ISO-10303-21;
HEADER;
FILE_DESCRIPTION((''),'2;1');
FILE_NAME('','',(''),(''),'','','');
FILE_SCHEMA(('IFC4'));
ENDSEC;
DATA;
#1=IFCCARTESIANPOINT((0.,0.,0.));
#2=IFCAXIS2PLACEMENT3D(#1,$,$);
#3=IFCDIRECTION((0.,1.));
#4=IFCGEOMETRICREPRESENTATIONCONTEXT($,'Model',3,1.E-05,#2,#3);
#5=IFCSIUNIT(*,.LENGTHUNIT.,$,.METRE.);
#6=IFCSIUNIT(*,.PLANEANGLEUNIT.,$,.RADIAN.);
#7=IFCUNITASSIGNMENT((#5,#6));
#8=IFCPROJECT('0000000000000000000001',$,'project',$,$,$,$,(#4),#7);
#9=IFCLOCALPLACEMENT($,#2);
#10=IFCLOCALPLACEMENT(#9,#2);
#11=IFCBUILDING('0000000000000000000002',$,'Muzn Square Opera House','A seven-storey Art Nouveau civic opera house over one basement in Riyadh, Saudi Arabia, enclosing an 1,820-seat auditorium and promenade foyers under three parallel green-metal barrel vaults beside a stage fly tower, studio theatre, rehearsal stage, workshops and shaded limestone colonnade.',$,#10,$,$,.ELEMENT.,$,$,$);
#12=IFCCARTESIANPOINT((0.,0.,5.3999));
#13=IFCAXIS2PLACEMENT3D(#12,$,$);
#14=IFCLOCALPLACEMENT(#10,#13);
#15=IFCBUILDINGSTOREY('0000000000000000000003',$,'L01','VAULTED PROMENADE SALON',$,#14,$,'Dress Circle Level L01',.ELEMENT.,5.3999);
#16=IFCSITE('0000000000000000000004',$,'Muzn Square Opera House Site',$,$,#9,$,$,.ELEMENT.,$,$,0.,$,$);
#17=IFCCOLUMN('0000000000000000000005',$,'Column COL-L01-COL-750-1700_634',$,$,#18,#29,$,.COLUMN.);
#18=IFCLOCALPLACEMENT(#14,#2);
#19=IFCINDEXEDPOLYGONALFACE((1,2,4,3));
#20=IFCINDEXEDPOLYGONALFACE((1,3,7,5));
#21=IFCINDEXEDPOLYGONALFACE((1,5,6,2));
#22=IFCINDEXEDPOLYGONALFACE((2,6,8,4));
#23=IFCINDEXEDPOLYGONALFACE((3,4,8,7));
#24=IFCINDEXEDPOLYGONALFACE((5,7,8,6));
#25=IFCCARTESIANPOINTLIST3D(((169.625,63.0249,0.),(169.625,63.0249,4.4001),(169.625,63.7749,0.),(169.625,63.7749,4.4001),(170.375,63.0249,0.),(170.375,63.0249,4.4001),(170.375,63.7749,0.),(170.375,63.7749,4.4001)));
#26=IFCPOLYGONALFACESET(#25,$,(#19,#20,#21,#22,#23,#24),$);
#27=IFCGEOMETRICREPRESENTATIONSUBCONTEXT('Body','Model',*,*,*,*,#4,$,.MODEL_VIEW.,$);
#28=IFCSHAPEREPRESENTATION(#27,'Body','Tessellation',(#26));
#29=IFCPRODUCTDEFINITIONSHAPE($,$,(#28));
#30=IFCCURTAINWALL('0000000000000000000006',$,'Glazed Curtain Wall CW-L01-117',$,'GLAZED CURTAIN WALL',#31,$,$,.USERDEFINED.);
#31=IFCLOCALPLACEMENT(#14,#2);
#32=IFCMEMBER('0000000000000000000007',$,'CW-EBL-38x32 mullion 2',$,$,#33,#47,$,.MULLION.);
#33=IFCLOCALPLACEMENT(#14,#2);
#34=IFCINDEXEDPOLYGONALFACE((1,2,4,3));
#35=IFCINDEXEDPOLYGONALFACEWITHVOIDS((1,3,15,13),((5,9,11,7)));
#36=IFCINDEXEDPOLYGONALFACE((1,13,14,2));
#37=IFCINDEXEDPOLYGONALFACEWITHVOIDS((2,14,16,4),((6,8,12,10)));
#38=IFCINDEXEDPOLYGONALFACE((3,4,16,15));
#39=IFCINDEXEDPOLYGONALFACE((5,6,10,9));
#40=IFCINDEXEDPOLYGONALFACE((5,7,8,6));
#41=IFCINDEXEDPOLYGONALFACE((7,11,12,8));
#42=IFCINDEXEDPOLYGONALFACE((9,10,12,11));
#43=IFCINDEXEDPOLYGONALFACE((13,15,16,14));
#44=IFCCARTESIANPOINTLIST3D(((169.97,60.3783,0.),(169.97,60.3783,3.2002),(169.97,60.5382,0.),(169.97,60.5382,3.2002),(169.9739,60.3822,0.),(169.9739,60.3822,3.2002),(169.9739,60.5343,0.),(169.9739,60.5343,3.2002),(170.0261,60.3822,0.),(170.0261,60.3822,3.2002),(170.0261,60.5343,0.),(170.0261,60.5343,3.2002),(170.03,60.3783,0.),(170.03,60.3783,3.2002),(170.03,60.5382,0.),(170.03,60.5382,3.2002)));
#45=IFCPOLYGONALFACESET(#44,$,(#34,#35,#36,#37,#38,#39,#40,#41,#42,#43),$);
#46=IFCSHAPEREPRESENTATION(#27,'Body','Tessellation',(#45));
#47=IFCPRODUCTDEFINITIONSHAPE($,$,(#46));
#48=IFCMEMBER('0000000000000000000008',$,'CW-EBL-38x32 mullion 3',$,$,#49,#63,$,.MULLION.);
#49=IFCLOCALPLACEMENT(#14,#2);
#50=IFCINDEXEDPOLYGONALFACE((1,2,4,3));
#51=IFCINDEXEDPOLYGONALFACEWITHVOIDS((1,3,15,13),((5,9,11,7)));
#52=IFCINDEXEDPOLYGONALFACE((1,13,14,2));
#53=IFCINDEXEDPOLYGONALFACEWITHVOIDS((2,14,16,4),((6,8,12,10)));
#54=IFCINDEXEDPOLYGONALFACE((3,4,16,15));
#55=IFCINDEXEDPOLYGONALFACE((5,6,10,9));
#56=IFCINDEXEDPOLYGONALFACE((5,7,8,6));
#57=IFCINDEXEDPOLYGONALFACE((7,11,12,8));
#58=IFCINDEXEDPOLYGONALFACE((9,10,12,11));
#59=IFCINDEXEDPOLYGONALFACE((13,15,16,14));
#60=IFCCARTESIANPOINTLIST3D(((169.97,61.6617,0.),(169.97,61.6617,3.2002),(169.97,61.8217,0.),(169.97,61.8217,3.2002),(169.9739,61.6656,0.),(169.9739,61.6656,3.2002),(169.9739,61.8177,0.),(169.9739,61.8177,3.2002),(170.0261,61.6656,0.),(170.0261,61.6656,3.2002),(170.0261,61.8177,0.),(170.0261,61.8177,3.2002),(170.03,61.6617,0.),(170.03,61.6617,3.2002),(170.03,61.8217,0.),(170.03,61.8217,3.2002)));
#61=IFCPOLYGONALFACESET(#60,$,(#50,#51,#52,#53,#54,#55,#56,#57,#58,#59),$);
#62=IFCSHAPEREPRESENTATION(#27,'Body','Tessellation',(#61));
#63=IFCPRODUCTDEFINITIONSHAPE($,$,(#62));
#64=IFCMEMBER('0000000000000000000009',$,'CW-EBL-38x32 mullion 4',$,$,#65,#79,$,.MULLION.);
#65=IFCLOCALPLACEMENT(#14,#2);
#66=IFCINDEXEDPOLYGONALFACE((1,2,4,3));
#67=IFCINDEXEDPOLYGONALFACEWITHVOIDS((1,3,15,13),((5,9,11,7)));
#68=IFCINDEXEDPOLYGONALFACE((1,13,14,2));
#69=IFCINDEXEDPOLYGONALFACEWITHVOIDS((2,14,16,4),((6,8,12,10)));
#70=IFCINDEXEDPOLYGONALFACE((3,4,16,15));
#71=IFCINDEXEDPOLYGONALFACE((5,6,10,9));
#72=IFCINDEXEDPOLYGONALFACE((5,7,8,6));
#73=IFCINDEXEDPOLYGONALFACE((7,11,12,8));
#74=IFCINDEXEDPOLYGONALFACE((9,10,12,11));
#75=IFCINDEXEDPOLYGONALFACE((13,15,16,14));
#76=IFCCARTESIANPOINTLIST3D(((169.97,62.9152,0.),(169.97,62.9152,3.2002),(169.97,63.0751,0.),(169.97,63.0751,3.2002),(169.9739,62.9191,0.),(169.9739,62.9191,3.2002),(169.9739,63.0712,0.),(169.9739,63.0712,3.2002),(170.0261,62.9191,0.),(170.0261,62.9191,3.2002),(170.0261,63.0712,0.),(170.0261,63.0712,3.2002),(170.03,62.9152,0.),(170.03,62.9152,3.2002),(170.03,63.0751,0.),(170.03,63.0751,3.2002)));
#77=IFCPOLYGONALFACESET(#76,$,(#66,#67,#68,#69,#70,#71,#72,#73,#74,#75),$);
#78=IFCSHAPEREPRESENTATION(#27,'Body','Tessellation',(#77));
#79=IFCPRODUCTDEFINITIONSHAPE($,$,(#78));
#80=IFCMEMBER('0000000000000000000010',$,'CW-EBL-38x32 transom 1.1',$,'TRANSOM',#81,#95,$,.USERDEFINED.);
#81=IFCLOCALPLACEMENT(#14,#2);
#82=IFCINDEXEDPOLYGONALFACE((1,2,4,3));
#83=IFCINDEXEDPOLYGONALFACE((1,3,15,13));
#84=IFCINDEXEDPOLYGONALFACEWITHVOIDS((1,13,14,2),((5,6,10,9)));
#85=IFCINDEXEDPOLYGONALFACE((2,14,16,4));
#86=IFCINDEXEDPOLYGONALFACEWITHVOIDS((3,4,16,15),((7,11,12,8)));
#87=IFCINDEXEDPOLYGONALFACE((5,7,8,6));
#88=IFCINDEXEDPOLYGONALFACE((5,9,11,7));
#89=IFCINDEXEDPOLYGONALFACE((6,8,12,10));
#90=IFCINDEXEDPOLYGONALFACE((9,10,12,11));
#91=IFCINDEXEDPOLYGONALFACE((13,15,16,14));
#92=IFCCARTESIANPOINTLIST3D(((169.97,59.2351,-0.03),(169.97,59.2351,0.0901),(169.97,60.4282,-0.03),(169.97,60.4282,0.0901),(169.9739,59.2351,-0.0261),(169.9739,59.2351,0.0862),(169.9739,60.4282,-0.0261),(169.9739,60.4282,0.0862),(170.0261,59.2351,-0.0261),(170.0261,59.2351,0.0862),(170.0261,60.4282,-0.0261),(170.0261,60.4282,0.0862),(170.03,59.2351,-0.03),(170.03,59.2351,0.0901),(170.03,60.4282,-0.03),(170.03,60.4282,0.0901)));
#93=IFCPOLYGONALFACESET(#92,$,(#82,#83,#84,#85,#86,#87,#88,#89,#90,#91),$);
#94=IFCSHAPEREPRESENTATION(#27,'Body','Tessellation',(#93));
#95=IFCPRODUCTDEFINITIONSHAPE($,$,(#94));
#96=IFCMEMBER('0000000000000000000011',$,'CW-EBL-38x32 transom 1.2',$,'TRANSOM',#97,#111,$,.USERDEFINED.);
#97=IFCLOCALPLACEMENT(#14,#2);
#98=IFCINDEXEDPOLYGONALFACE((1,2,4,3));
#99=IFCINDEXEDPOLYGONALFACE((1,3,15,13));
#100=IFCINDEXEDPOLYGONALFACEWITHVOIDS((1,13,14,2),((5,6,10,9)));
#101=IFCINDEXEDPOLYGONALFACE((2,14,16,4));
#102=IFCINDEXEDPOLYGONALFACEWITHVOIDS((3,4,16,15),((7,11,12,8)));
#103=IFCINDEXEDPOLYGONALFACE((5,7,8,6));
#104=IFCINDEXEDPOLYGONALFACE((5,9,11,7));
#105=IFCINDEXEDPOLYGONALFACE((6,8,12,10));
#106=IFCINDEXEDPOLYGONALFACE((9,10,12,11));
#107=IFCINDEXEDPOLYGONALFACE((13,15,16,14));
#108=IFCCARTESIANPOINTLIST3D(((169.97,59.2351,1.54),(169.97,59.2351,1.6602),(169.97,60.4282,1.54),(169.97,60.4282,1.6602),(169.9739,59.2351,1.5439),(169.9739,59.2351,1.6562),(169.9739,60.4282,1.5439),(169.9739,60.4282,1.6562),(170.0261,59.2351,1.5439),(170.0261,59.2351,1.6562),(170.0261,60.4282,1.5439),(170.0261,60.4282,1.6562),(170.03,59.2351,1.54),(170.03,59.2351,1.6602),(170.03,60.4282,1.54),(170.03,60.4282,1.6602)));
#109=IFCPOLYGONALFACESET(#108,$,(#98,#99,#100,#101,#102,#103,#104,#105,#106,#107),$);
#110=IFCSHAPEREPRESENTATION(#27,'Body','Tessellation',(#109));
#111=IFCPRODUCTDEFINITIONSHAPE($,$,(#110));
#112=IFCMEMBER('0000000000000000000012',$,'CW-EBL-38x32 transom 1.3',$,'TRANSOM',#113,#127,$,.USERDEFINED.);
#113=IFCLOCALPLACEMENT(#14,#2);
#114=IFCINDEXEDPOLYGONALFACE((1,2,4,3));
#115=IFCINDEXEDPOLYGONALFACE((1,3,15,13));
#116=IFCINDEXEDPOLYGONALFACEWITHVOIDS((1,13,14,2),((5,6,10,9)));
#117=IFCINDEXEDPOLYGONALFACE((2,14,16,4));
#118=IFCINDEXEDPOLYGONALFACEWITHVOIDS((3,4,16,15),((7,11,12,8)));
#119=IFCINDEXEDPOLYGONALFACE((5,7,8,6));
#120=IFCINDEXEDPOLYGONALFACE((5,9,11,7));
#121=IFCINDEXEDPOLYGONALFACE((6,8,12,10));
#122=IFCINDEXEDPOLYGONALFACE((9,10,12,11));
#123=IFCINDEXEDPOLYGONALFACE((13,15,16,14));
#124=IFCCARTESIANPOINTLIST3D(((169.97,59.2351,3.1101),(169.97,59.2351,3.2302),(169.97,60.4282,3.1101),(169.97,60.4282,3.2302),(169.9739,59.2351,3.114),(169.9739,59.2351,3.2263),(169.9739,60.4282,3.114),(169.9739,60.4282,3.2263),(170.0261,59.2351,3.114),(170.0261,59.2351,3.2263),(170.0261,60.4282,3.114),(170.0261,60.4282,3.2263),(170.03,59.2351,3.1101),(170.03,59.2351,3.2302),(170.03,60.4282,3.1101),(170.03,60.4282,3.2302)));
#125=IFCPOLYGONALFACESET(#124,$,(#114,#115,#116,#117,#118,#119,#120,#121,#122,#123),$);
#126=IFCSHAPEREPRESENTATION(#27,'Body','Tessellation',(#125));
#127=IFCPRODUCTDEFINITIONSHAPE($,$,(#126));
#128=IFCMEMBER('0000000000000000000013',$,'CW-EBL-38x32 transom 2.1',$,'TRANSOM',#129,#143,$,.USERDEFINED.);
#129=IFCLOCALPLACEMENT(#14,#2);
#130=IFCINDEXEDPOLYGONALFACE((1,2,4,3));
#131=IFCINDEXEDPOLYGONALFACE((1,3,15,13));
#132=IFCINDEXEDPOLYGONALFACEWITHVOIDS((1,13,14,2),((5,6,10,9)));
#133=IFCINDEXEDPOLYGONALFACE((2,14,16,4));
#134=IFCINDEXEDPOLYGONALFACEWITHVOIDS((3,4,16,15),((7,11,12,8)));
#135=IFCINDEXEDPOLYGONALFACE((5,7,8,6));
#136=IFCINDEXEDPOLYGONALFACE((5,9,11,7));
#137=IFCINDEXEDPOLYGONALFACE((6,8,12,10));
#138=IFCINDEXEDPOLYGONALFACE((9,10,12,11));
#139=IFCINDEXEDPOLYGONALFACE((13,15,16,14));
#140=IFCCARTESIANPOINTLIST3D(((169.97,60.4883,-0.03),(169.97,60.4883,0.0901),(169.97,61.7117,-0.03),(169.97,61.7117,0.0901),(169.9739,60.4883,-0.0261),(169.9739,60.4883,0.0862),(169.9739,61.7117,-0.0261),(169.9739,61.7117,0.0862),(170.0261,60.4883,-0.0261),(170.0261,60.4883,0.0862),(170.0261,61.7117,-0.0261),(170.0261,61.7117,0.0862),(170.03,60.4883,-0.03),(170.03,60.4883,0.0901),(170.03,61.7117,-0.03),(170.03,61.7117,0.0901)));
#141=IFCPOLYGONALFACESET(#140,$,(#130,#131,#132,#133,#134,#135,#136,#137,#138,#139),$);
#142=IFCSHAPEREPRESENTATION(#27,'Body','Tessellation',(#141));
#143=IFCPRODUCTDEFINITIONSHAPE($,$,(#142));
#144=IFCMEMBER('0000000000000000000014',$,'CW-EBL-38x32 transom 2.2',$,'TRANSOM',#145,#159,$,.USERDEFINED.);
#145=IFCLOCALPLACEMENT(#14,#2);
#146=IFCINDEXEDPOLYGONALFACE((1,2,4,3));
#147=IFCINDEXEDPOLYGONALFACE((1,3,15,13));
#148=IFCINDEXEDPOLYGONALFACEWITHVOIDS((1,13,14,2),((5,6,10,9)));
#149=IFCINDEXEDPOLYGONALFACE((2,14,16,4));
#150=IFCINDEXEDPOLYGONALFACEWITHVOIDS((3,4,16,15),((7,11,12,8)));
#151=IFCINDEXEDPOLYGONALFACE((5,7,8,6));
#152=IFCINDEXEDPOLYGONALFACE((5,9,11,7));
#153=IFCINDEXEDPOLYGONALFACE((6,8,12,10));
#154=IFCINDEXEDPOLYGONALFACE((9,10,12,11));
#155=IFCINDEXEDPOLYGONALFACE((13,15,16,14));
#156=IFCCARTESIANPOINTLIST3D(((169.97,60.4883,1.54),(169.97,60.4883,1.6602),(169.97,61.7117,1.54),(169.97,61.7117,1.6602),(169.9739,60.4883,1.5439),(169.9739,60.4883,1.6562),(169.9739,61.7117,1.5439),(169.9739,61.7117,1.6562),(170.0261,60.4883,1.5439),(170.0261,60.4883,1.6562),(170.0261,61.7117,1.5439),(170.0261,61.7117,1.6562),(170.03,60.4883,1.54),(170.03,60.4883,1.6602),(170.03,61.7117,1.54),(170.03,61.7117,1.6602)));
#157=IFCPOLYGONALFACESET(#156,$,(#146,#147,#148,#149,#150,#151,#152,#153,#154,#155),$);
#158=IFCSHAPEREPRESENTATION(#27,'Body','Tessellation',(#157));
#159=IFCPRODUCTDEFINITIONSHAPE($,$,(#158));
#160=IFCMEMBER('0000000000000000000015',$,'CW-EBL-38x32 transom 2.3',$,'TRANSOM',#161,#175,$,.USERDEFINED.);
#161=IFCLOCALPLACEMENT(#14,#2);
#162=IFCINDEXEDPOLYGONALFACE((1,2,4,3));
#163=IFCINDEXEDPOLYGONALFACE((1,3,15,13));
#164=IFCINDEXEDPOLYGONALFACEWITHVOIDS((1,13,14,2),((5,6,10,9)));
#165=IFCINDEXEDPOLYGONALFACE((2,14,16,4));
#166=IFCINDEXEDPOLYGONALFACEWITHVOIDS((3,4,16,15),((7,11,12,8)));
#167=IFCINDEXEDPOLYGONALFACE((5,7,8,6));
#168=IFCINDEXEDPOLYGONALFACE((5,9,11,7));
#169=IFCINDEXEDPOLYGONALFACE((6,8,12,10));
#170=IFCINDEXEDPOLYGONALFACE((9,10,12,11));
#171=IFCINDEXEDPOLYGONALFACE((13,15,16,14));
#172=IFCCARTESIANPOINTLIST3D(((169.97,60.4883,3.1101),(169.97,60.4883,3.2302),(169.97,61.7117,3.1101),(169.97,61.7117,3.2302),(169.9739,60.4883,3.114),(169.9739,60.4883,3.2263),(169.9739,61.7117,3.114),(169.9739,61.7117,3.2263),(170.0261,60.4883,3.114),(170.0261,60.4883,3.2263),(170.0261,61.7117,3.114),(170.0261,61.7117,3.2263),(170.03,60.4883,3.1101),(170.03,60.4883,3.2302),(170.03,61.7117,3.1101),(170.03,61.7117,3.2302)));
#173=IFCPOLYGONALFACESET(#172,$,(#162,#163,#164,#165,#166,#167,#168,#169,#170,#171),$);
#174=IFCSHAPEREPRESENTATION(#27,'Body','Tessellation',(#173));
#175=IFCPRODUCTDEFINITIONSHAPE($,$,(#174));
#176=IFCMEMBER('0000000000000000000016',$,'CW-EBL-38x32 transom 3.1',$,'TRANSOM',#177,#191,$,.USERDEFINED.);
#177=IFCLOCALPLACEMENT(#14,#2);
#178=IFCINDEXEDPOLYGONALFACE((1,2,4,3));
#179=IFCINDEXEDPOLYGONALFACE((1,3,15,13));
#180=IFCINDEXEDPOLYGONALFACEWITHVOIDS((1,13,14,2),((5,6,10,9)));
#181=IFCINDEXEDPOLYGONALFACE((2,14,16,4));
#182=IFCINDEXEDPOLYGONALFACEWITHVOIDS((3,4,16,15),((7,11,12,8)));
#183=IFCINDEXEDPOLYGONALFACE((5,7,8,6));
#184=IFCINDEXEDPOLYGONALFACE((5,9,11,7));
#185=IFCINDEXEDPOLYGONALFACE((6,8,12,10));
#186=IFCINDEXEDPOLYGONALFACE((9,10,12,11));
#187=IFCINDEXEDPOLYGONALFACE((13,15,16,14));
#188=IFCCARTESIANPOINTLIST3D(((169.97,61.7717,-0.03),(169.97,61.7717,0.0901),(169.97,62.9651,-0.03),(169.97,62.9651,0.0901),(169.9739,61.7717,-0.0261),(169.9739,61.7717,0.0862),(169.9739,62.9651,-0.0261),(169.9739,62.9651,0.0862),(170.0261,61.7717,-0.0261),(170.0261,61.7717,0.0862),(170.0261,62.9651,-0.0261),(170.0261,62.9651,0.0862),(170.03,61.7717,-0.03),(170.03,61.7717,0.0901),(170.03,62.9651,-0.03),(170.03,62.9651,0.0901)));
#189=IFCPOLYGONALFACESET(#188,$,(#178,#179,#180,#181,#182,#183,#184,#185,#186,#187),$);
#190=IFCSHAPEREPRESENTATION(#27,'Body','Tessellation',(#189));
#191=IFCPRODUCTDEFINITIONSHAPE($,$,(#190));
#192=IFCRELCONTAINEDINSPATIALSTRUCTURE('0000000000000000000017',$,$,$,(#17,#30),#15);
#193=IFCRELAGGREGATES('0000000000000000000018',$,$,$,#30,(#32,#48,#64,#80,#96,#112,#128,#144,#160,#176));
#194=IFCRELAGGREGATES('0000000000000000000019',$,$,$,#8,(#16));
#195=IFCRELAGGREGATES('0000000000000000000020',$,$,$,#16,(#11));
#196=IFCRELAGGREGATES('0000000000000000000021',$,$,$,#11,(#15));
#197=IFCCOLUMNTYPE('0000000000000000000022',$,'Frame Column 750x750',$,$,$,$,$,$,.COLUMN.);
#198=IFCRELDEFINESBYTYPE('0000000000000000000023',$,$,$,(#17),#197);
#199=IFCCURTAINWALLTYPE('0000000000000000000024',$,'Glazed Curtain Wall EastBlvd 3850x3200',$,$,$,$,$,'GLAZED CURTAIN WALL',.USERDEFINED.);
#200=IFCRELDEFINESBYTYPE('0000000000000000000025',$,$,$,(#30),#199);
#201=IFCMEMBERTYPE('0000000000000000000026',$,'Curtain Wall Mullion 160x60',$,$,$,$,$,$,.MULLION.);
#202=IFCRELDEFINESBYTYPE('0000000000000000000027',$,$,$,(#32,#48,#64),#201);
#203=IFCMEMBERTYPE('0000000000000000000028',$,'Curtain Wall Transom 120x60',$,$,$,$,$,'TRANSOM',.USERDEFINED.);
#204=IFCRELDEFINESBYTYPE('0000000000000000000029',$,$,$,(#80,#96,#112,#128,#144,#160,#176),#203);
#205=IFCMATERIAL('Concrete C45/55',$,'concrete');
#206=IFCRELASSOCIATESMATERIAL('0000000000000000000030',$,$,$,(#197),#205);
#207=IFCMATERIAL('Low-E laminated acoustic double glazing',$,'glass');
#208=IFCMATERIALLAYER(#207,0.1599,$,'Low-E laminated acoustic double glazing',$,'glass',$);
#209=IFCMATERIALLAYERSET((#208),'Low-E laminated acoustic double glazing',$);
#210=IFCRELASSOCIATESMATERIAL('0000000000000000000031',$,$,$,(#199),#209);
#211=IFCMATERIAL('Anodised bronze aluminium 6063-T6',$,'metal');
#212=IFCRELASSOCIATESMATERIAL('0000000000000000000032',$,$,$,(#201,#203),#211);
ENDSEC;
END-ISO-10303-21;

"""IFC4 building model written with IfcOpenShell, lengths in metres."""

from ifc_helpers import new_model, si_unit, direction, frame, origin, origin_2d, place, context, subcontext, project, spatial, rectangle, hollow_rectangle, extrude, material, layer, layer_set, material_profile, profile_set, type_object, element, aggregate, save


model = new_model("IFC4")

# Units and contexts
model_context = context("Model", 3, precision=1e-05, world=origin(), true_north=direction((0.0, 1.0)))
body_context = subcontext(model_context, "Body", "Model", "MODEL_VIEW")
ifc_project = project(units=[si_unit("LENGTHUNIT", "METRE"), si_unit("PLANEANGLEUNIT", "RADIAN")], contexts=[model_context])

# Site, building, storey
site_placement = place(None, origin())
site = spatial("IfcSite", under=ifc_project, at=site_placement, Name="Muzn Square Opera House Site", CompositionType="ELEMENT", RefElevation=0.0)
building_placement = place(site_placement, origin())
building = spatial("IfcBuilding", under=site, at=building_placement, Name="Muzn Square Opera House", Description="A seven-storey Art Nouveau civic opera house over one basement in Riyadh, Saudi Arabia, enclosing an 1,820-seat auditorium and promenade foyers under three parallel green-metal barrel vaults beside a stage fly tower, studio theatre, rehearsal stage, workshops and shaded limestone colonnade.", CompositionType="ELEMENT")
storey_placement = place(building_placement, frame((0.0, 0.0, 5.3999)))
storey = spatial("IfcBuildingStorey", under=building, at=storey_placement, Name="L01", Description="VAULTED PROMENADE SALON", LongName="Dress Circle Level L01", CompositionType="ELEMENT", Elevation=5.3999)

# Column
ifc_material_1 = material(Name="Concrete C45/55", Category="concrete")
ifc_material_profile_1 = material_profile(ifc_material_1, rectangle(XDim=0.75, YDim=0.75, at=origin_2d()), Name="RC 750x750", Category="concrete")
ifc_profile_set_1 = profile_set([ifc_material_profile_1], Name="Concrete C45/55")
column_type = type_object("IfcColumnType", Name="Frame Column 750x750", PredefinedType="COLUMN", material=ifc_profile_set_1)
column_placement = place(storey_placement, frame((170.0, 63.3999, 0.0), z_axis=(0.0, 0.0, 1.0), x_axis=(1.0, 0.0, 0.0)))
element("IfcColumn", 1, at=column_placement, inside=storey, type_object=column_type, Name="Column COL-L01-COL-750-1700_634", PredefinedType="COLUMN", context=body_context, shape_type="SweptSolid", body=[
    extrude(rectangle(XDim=0.75, YDim=0.75, at=origin_2d()), origin(), (0.0, 0.0, 1.0), 4.4001),
])

# Curtain wall, members
ifc_material_2 = material(Name="Low-E laminated acoustic double glazing", Category="glass")
ifc_layer_1 = layer(ifc_material_2, 0.1599, Name="Low-E laminated acoustic double glazing", Category="glass")
ifc_layer_set_1 = layer_set([ifc_layer_1], Name="Low-E laminated acoustic double glazing")
curtain_wall_type = type_object("IfcCurtainWallType", Name="Glazed Curtain Wall EastBlvd 3850x3200", ElementType="GLAZED CURTAIN WALL", PredefinedType="USERDEFINED", material=ifc_layer_set_1)
curtain_wall_placement = place(storey_placement, origin())
curtain_wall = element("IfcCurtainWall", 2, at=curtain_wall_placement, inside=storey, type_object=curtain_wall_type, Name="Glazed Curtain Wall CW-L01-117", ObjectType="GLAZED CURTAIN WALL", PredefinedType="USERDEFINED")
ifc_material_3 = material(Name="Anodised bronze aluminium 6063-T6", Category="metal")
ifc_material_profile_2 = material_profile(ifc_material_3, hollow_rectangle(XDim=0.0601, YDim=0.1599, WallThickness=0.0039, at=origin_2d()), Name="ALU 160x60x4", Category="metal")
ifc_profile_set_2 = profile_set([ifc_material_profile_2], Name="Anodised bronze aluminium 6063-T6")
member_type_1 = type_object("IfcMemberType", Name="Curtain Wall Mullion 160x60", PredefinedType="MULLION", material=ifc_profile_set_2)
member_1_placement = place(storey_placement, frame((170.0, 60.4583, 0.0), z_axis=(0.0, 0.0, 1.0), x_axis=(-1.0, 0.0, 0.0)))
member_1 = element("IfcMember", 3, at=member_1_placement, type_object=member_type_1, Name="CW-EBL-38x32 mullion 2", PredefinedType="MULLION", context=body_context, shape_type="SweptSolid", body=[
    extrude(hollow_rectangle(XDim=0.0601, YDim=0.1599, WallThickness=0.0039, at=origin_2d()), origin(), (0.0, 0.0, 1.0), 3.2002),
])
member_2_placement = place(storey_placement, frame((170.0, 61.7417, 0.0), z_axis=(0.0, 0.0, 1.0), x_axis=(-1.0, 0.0, 0.0)))
member_2 = element("IfcMember", 4, at=member_2_placement, type_object=member_type_1, Name="CW-EBL-38x32 mullion 3", PredefinedType="MULLION", context=body_context, shape_type="SweptSolid", body=[
    extrude(hollow_rectangle(XDim=0.0601, YDim=0.1599, WallThickness=0.0039, at=origin_2d()), origin(), (0.0, 0.0, 1.0), 3.2002),
])
member_3_placement = place(storey_placement, frame((170.0, 62.9951, 0.0), z_axis=(0.0, 0.0, 1.0), x_axis=(-1.0, 0.0, 0.0)))
member_3 = element("IfcMember", 5, at=member_3_placement, type_object=member_type_1, Name="CW-EBL-38x32 mullion 4", PredefinedType="MULLION", context=body_context, shape_type="SweptSolid", body=[
    extrude(hollow_rectangle(XDim=0.0601, YDim=0.1599, WallThickness=0.0039, at=origin_2d()), origin(), (0.0, 0.0, 1.0), 3.2002),
])
ifc_material_profile_3 = material_profile(ifc_material_3, hollow_rectangle(XDim=0.0601, YDim=0.1201, WallThickness=0.0039, at=origin_2d()), Name="ALU 120x60x4", Category="metal")
ifc_profile_set_3 = profile_set([ifc_material_profile_3], Name="Anodised bronze aluminium 6063-T6")
member_type_2 = type_object("IfcMemberType", Name="Curtain Wall Transom 120x60", ElementType="TRANSOM", PredefinedType="USERDEFINED", material=ifc_profile_set_3)
member_4_placement = place(storey_placement, frame((170.0, 59.2351, 0.03), z_axis=(0.0, 1.0, 0.0), x_axis=(-1.0, 0.0, 0.0)))
member_4 = element("IfcMember", 6, at=member_4_placement, type_object=member_type_2, Name="CW-EBL-38x32 transom 1.1", ObjectType="TRANSOM", PredefinedType="USERDEFINED", context=body_context, shape_type="SweptSolid", body=[
    extrude(hollow_rectangle(XDim=0.0601, YDim=0.1201, WallThickness=0.0039, at=origin_2d()), origin(), (0.0, 0.0, 1.0), 1.1931),
])
member_5_placement = place(storey_placement, frame((170.0, 59.2351, 1.6001), z_axis=(0.0, 1.0, 0.0), x_axis=(-1.0, 0.0, 0.0)))
member_5 = element("IfcMember", 7, at=member_5_placement, type_object=member_type_2, Name="CW-EBL-38x32 transom 1.2", ObjectType="TRANSOM", PredefinedType="USERDEFINED", context=body_context, shape_type="SweptSolid", body=[
    extrude(hollow_rectangle(XDim=0.0601, YDim=0.1201, WallThickness=0.0039, at=origin_2d()), origin(), (0.0, 0.0, 1.0), 1.1931),
])
member_6_placement = place(storey_placement, frame((170.0, 59.2351, 3.1702), z_axis=(0.0, 1.0, 0.0), x_axis=(-1.0, 0.0, 0.0)))
member_6 = element("IfcMember", 8, at=member_6_placement, type_object=member_type_2, Name="CW-EBL-38x32 transom 1.3", ObjectType="TRANSOM", PredefinedType="USERDEFINED", context=body_context, shape_type="SweptSolid", body=[
    extrude(hollow_rectangle(XDim=0.0601, YDim=0.1201, WallThickness=0.0039, at=origin_2d()), origin(), (0.0, 0.0, 1.0), 1.1931),
])
member_7_placement = place(storey_placement, frame((170.0, 60.4883, 0.03), z_axis=(0.0, 1.0, 0.0), x_axis=(-1.0, 0.0, 0.0)))
member_7 = element("IfcMember", 9, at=member_7_placement, type_object=member_type_2, Name="CW-EBL-38x32 transom 2.1", ObjectType="TRANSOM", PredefinedType="USERDEFINED", context=body_context, shape_type="SweptSolid", body=[
    extrude(hollow_rectangle(XDim=0.0601, YDim=0.1201, WallThickness=0.0039, at=origin_2d()), origin(), (0.0, 0.0, 1.0), 1.2234),
])
member_8_placement = place(storey_placement, frame((170.0, 60.4883, 1.6001), z_axis=(0.0, 1.0, 0.0), x_axis=(-1.0, 0.0, 0.0)))
member_8 = element("IfcMember", 10, at=member_8_placement, type_object=member_type_2, Name="CW-EBL-38x32 transom 2.2", ObjectType="TRANSOM", PredefinedType="USERDEFINED", context=body_context, shape_type="SweptSolid", body=[
    extrude(hollow_rectangle(XDim=0.0601, YDim=0.1201, WallThickness=0.0039, at=origin_2d()), origin(), (0.0, 0.0, 1.0), 1.2234),
])
member_9_placement = place(storey_placement, frame((170.0, 60.4883, 3.1702), z_axis=(0.0, 1.0, 0.0), x_axis=(-1.0, 0.0, 0.0)))
member_9 = element("IfcMember", 11, at=member_9_placement, type_object=member_type_2, Name="CW-EBL-38x32 transom 2.3", ObjectType="TRANSOM", PredefinedType="USERDEFINED", context=body_context, shape_type="SweptSolid", body=[
    extrude(hollow_rectangle(XDim=0.0601, YDim=0.1201, WallThickness=0.0039, at=origin_2d()), origin(), (0.0, 0.0, 1.0), 1.2234),
])
member_10_placement = place(storey_placement, frame((170.0, 61.7717, 0.03), z_axis=(0.0, 1.0, 0.0), x_axis=(-1.0, 0.0, 0.0)))
member_10 = element("IfcMember", 12, at=member_10_placement, type_object=member_type_2, Name="CW-EBL-38x32 transom 3.1", ObjectType="TRANSOM", PredefinedType="USERDEFINED", context=body_context, shape_type="SweptSolid", body=[
    extrude(hollow_rectangle(XDim=0.0601, YDim=0.1201, WallThickness=0.0039, at=origin_2d()), origin(), (0.0, 0.0, 1.0), 1.1934),
])

aggregate(curtain_wall, [member_1, member_2, member_3, member_4, member_5, member_6, member_7, member_8, member_9, member_10])

save(model, "model.ifc")
